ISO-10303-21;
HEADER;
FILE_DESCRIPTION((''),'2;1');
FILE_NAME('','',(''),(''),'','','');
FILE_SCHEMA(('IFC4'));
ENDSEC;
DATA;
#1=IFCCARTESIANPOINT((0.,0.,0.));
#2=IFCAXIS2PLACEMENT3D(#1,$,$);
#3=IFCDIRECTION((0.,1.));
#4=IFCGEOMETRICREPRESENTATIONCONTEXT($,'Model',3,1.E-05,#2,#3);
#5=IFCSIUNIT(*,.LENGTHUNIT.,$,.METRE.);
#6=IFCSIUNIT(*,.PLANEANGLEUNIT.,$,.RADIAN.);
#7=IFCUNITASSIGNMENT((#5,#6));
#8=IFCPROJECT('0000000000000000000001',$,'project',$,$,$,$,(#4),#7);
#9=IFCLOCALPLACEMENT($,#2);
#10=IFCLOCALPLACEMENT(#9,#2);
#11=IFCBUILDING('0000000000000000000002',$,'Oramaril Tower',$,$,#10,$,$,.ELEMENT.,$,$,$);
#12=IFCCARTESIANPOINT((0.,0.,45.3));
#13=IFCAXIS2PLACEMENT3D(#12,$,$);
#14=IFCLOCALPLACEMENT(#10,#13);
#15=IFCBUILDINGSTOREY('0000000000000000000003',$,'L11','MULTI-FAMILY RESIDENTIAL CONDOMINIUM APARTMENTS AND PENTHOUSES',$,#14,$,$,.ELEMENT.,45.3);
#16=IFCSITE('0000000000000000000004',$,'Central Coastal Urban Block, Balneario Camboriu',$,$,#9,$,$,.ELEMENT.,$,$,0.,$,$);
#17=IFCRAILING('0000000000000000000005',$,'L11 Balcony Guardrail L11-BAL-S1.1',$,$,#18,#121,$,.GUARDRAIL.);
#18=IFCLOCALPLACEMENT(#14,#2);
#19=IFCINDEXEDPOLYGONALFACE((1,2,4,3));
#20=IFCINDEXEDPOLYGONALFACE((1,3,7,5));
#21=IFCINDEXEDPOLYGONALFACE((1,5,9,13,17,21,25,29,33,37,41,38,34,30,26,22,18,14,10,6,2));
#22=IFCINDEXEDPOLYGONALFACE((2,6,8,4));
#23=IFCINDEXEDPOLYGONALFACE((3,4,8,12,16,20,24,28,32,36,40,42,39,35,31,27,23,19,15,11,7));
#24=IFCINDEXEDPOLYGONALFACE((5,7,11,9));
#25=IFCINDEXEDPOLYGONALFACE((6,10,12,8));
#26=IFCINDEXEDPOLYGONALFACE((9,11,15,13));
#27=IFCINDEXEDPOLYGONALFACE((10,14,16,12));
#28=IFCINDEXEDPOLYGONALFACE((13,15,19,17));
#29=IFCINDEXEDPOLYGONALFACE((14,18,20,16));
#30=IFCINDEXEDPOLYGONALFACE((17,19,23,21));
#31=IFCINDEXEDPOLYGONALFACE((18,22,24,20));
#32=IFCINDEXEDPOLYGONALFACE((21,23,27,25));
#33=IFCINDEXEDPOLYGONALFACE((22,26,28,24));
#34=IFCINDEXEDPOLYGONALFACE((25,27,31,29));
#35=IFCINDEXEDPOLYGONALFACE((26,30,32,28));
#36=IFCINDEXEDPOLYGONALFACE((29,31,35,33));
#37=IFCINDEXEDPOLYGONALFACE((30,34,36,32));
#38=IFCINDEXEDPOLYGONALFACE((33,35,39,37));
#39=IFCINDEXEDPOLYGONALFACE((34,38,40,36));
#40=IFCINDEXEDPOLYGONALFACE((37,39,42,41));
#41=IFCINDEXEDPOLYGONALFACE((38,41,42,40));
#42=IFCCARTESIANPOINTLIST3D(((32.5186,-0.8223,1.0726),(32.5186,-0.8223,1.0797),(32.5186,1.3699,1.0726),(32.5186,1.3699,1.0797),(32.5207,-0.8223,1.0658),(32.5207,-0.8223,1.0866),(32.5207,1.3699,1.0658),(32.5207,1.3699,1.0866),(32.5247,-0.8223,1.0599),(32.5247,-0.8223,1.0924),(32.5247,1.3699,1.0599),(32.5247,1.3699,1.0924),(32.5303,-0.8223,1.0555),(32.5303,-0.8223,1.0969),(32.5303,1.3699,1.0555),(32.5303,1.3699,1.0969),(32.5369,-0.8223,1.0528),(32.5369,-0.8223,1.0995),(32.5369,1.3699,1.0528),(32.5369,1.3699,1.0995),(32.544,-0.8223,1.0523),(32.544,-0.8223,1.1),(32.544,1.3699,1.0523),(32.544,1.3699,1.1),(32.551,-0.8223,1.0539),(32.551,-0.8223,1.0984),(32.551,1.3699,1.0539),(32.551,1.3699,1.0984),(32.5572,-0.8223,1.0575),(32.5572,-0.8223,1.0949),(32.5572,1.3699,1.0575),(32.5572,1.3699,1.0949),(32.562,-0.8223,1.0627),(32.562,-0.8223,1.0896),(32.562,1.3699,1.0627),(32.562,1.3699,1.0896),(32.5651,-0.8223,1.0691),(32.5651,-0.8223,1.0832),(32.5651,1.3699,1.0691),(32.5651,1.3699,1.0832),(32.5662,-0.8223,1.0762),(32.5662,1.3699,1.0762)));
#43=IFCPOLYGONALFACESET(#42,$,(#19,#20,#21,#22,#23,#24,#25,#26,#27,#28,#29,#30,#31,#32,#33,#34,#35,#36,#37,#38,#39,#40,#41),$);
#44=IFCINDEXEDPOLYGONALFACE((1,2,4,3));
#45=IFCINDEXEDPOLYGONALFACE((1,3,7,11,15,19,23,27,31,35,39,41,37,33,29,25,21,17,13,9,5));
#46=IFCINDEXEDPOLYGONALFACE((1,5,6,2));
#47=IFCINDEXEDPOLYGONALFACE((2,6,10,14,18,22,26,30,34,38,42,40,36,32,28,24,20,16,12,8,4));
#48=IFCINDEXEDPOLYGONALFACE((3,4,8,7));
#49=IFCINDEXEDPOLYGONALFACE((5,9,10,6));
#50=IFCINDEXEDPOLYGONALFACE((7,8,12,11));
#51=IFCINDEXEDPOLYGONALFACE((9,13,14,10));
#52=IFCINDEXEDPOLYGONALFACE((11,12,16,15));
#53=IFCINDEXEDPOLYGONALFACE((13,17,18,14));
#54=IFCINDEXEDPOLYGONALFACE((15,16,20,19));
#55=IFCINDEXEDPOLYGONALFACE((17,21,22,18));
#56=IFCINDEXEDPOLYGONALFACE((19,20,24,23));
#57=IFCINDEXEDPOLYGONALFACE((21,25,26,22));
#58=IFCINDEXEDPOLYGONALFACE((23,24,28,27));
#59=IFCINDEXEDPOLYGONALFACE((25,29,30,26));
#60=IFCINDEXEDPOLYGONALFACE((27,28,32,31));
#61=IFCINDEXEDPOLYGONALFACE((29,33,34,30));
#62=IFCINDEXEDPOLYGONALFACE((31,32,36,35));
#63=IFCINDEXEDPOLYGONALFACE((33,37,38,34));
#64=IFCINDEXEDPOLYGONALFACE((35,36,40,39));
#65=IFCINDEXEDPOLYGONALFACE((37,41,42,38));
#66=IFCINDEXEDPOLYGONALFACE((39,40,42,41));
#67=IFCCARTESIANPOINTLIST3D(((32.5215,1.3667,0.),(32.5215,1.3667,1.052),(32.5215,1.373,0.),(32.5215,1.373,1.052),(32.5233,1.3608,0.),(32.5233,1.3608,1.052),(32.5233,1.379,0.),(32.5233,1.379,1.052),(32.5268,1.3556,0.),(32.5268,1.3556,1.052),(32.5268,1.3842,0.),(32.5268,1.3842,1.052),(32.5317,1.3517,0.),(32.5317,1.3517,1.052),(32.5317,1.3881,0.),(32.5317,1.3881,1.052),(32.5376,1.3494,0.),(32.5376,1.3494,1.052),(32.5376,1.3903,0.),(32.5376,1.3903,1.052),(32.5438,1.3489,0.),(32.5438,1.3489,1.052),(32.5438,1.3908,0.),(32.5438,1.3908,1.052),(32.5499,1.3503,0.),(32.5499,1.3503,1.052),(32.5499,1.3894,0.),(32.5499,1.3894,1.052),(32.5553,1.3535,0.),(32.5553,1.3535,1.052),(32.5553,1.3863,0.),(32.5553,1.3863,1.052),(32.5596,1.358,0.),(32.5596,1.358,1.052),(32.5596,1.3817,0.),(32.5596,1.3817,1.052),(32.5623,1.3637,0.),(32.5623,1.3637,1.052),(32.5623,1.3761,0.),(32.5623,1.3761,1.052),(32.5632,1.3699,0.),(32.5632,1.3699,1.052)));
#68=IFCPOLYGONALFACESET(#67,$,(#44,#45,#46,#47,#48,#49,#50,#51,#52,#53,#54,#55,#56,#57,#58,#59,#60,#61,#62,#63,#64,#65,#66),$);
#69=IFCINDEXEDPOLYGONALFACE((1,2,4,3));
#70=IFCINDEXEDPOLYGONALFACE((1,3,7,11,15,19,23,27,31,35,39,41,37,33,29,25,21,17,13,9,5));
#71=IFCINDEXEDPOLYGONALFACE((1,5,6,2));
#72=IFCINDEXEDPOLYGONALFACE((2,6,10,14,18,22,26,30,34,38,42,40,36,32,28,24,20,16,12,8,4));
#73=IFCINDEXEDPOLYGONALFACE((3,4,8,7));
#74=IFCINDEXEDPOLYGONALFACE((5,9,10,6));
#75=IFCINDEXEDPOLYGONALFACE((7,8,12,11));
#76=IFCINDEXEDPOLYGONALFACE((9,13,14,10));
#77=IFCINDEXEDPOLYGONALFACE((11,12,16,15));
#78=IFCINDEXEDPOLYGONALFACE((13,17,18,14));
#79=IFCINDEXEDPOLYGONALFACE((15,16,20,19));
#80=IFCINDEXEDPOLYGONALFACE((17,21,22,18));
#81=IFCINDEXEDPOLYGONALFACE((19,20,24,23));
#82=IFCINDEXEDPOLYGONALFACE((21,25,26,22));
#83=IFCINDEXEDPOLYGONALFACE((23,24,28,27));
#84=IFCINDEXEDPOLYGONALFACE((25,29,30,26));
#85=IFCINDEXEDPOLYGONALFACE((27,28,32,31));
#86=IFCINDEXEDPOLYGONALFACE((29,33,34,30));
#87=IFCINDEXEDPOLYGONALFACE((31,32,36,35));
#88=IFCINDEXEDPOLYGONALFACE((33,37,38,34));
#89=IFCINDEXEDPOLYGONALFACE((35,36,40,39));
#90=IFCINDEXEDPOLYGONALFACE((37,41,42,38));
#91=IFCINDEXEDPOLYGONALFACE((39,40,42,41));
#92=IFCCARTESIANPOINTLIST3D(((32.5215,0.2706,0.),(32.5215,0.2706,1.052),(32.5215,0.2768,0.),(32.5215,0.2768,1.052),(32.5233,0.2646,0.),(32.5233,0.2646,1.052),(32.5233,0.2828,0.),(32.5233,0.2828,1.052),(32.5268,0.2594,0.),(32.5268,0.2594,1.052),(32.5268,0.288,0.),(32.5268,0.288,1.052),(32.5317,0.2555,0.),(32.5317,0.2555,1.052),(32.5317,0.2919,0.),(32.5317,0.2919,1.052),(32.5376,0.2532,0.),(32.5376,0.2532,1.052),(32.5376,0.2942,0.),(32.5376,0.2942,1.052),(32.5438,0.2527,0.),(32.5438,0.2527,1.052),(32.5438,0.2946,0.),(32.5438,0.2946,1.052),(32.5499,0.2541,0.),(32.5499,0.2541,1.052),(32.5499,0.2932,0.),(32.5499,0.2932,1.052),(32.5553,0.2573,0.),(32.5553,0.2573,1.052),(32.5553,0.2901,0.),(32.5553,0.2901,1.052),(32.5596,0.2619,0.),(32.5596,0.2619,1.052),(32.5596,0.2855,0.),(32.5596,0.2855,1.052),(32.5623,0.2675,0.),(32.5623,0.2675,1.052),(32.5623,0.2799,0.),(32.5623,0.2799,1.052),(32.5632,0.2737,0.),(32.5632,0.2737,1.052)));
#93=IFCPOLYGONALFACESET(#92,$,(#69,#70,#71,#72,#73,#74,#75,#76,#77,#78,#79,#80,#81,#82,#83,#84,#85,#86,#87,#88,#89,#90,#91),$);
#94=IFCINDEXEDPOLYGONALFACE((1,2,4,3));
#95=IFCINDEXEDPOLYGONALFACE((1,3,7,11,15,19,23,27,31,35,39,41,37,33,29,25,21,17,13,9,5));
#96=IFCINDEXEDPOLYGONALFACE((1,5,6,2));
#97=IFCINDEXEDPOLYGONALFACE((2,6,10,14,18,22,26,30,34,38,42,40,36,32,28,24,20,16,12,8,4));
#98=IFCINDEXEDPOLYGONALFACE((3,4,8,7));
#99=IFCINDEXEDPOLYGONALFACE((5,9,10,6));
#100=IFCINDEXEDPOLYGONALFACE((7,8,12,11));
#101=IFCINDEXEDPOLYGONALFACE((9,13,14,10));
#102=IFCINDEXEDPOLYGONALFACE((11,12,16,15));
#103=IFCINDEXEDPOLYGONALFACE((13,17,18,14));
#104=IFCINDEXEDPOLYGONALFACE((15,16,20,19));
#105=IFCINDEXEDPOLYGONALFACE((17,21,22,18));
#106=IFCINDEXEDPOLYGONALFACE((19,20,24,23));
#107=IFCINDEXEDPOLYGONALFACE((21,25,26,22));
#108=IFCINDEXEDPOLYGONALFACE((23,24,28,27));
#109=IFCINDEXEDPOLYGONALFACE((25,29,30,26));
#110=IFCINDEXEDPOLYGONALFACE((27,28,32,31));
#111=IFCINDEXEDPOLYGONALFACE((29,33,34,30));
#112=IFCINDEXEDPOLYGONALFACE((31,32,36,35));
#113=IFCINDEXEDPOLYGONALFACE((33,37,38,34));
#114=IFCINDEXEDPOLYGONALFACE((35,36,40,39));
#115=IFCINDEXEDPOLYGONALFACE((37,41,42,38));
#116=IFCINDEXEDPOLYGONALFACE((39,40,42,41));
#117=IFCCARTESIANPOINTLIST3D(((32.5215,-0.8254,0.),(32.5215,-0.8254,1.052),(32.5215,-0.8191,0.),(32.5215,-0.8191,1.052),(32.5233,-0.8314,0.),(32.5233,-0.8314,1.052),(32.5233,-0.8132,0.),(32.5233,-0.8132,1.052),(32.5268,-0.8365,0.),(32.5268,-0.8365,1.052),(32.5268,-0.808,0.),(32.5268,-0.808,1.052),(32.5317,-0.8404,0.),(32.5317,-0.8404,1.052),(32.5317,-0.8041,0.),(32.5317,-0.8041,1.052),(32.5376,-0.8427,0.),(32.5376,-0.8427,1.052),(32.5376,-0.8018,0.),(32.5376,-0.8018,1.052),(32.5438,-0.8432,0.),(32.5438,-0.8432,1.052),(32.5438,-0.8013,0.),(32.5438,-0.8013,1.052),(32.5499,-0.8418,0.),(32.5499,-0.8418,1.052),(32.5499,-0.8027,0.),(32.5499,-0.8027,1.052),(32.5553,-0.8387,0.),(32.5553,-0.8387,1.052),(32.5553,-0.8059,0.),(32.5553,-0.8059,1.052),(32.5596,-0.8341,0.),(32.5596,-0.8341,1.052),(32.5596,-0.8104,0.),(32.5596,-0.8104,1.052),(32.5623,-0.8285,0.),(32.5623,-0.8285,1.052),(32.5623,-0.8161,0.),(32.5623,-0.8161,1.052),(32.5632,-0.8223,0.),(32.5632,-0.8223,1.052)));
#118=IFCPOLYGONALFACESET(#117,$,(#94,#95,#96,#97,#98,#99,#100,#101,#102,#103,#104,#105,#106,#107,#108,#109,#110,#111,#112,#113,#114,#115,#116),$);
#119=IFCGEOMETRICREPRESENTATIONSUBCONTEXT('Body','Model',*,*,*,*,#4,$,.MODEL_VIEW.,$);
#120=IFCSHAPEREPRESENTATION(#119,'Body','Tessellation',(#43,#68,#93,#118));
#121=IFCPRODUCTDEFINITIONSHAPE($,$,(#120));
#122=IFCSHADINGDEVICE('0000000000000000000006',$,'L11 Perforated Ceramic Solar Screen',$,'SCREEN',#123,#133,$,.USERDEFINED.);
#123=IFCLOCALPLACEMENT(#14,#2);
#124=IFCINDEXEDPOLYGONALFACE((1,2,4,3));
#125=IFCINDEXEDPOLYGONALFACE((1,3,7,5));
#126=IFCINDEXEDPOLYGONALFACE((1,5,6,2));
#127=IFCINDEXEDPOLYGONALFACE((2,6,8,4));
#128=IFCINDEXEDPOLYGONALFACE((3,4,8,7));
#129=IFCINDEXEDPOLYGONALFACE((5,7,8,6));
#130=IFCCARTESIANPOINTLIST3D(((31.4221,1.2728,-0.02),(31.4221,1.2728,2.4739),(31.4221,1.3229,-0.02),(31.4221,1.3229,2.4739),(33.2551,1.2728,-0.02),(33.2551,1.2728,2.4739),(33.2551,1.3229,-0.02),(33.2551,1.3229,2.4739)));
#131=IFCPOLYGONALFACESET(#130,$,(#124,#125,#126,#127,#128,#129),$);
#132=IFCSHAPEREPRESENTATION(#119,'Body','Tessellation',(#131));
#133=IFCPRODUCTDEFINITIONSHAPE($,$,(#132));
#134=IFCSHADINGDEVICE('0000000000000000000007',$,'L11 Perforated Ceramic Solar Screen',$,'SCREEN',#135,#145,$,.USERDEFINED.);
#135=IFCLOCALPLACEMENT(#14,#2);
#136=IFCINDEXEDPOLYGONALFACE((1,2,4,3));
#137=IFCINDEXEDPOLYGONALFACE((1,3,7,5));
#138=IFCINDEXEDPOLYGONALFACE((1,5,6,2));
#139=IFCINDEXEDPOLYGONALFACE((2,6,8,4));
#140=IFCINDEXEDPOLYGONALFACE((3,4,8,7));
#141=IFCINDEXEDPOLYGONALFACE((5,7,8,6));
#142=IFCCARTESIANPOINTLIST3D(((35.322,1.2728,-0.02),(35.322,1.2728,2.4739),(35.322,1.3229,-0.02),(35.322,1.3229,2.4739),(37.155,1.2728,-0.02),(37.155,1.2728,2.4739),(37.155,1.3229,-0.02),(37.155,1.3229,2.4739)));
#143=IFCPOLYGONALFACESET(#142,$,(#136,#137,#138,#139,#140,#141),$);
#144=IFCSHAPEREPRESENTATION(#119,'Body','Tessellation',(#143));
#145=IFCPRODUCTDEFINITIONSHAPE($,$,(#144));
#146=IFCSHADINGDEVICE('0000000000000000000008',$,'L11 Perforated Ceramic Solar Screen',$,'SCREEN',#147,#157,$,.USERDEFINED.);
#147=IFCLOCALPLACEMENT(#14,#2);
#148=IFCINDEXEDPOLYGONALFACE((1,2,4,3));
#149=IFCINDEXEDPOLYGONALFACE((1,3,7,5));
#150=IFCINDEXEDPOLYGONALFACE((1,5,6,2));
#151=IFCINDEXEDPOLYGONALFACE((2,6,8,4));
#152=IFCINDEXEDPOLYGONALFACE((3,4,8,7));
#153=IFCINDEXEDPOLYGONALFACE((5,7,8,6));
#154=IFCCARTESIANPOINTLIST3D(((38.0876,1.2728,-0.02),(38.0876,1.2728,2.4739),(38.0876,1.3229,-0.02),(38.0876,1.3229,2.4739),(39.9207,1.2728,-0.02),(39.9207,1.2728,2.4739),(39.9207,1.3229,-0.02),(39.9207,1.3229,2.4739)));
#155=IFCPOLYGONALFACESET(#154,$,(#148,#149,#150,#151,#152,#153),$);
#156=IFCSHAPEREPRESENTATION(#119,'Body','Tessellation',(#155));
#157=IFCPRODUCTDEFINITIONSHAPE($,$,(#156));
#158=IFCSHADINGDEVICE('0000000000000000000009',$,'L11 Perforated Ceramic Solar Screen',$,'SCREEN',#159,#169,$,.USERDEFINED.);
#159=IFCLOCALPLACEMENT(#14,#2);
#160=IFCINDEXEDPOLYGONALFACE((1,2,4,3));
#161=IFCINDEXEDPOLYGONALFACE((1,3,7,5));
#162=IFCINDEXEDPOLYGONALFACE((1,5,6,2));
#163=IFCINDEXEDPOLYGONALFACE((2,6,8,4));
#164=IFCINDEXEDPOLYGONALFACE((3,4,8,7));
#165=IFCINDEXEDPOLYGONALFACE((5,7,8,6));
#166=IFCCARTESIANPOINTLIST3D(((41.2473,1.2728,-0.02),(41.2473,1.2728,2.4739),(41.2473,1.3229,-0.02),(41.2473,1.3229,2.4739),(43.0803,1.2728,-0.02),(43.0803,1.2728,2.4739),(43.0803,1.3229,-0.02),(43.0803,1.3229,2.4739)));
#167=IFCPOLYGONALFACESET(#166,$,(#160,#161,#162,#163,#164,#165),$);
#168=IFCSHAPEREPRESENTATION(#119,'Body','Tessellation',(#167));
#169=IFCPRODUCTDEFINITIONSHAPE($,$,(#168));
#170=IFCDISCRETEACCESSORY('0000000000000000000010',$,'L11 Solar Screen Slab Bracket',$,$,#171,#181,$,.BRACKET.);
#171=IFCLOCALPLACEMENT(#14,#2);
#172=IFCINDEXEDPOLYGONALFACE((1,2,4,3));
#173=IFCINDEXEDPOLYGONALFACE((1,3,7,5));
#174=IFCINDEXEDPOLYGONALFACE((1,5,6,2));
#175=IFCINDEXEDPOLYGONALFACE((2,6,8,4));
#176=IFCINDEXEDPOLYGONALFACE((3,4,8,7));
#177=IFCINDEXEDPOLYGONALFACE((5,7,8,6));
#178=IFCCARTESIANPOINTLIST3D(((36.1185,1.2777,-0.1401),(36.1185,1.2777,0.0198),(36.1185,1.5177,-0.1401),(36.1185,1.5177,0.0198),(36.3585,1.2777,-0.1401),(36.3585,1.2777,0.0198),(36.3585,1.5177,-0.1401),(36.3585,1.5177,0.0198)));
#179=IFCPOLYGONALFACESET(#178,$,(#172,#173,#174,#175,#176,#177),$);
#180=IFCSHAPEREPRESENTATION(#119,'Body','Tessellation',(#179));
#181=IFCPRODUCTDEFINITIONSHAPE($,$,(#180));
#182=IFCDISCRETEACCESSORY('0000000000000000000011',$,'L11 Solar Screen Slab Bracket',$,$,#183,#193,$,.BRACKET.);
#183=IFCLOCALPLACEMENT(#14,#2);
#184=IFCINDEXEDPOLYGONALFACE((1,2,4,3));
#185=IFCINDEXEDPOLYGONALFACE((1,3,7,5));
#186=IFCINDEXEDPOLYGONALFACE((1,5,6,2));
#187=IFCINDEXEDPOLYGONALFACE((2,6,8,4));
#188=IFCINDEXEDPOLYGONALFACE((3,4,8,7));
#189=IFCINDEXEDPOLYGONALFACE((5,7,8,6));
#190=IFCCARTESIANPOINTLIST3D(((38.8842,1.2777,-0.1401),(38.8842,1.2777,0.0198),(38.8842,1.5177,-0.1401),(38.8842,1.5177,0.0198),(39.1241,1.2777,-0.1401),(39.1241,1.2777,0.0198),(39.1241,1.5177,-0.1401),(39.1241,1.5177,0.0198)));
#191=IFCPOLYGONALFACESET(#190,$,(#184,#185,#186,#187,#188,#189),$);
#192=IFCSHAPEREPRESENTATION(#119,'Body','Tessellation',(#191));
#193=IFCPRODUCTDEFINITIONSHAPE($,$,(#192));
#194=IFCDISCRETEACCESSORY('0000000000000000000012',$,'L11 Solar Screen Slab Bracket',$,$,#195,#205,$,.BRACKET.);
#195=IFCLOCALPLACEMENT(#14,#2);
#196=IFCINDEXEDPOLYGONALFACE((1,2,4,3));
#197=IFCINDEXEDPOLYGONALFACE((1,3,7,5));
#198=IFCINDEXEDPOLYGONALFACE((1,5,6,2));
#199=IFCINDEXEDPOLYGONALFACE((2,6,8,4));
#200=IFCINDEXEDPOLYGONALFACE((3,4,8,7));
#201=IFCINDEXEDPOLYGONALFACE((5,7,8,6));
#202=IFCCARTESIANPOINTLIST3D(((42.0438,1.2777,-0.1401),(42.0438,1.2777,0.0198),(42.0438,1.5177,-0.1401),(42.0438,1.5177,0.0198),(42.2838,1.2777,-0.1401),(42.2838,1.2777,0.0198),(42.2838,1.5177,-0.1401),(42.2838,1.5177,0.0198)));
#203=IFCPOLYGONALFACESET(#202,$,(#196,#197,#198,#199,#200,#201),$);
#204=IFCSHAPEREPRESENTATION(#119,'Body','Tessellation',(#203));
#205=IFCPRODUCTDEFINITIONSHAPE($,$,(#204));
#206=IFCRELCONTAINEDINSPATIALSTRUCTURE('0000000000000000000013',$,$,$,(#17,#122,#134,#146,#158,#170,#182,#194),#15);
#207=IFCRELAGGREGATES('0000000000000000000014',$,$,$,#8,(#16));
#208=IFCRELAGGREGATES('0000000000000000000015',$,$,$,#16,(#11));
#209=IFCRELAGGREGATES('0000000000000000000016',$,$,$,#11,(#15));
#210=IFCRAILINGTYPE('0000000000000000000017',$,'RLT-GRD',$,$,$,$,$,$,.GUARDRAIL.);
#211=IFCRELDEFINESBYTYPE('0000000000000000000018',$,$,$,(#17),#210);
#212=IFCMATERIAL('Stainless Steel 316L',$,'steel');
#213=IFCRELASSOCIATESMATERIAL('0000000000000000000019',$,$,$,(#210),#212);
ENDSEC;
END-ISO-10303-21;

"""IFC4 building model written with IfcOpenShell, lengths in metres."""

from ifc_helpers import new_model, si_unit, direction, frame, origin, origin_2d, place, context, subcontext, project, spatial, rectangle, circle, extrude, material, type_object, element, save


model = new_model("IFC4")

# Units and contexts
model_context = context("Model", 3, precision=1e-05, world=origin(), true_north=direction((0.0, 1.0)))
body_context = subcontext(model_context, "Body", "Model", "MODEL_VIEW")
ifc_project = project(units=[si_unit("LENGTHUNIT", "METRE"), si_unit("PLANEANGLEUNIT", "RADIAN")], contexts=[model_context])

# Site, building, storey
site_placement = place(None, origin())
site = spatial("IfcSite", under=ifc_project, at=site_placement, Name="Central Coastal Urban Block, Balneario Camboriu", CompositionType="ELEMENT", RefElevation=0.0)
building_placement = place(site_placement, origin())
building = spatial("IfcBuilding", under=site, at=building_placement, Name="Oramaril Tower", CompositionType="ELEMENT")
storey_placement = place(building_placement, frame((0.0, 0.0, 45.3)))
storey = spatial("IfcBuildingStorey", under=building, at=storey_placement, Name="L11", Description="MULTI-FAMILY RESIDENTIAL CONDOMINIUM APARTMENTS AND PENTHOUSES", CompositionType="ELEMENT", Elevation=45.3)

# Railing
ifc_material_1 = material(Name="Stainless Steel 316L", Category="steel")
railing_type = type_object("IfcRailingType", Name="RLT-GRD", PredefinedType="GUARDRAIL", material=ifc_material_1)
railing_1_placement = place(storey_placement, frame((32.5422, 1.3699, 0.0)))
element("IfcRailing", 1, at=railing_1_placement, inside=storey, type_object=railing_type, Name="L11 Balcony Guardrail L11-BAL-S1.1", PredefinedType="GUARDRAIL", context=body_context, shape_type="SweptSolid", body=[
    extrude(circle(Radius=0.0239, at=origin_2d()), frame((0.0, 0.0, 1.0762), z_axis=(0.0, -1.0, 0.0), x_axis=(1.0, 0.0, 0.0)), (0.0, 0.0, 1.0), 2.1921),
    extrude(circle(Radius=0.021, at=origin_2d()), origin(), (0.0, 0.0, 1.0), 1.052),
    extrude(circle(Radius=0.021, at=origin_2d()), frame((0.0, -1.0962, 0.0)), (0.0, 0.0, 1.0), 1.052),
    extrude(circle(Radius=0.021, at=origin_2d()), frame((0.0, -2.1921, 0.0)), (0.0, 0.0, 1.0), 1.052),
])

# Shading devices
for number, where, z_axis, x_axis, name in (
    (2, (32.3386, 1.2979, -0.02), (0.0, 0.0, 1.0), (1.0, 0.0, 0.0), "L11 Perforated Ceramic Solar Screen"),
    (3, (36.2385, 1.2979, -0.02), (0.0, 0.0, 1.0), (1.0, 0.0, 0.0), "L11 Perforated Ceramic Solar Screen"),
    (4, (39.0042, 1.2979, -0.02), (0.0, 0.0, 1.0), (1.0, 0.0, 0.0), "L11 Perforated Ceramic Solar Screen"),
    (5, (42.1638, 1.2979, -0.02), (0.0, 0.0, 1.0), (1.0, 0.0, 0.0), "L11 Perforated Ceramic Solar Screen"),
):
    element("IfcShadingDevice", number, at=place(storey_placement, frame(where, z_axis=z_axis, x_axis=x_axis)), inside=storey, Name=name, ObjectType="SCREEN", PredefinedType="USERDEFINED", context=body_context, shape_type="SweptSolid", body=[
        extrude(rectangle(XDim=1.833, YDim=0.05, at=origin_2d()), origin(), (0.0, 0.0, 1.0), 2.4939),
    ])

# Discrete accessories
for number, where, z_axis, x_axis, name in (
    (6, (36.2385, 1.3977, -0.1401), (0.0, 0.0, 1.0), (1.0, 0.0, 0.0), "L11 Solar Screen Slab Bracket"),
    (7, (39.0042, 1.3977, -0.1401), (0.0, 0.0, 1.0), (1.0, 0.0, 0.0), "L11 Solar Screen Slab Bracket"),
    (8, (42.1638, 1.3977, -0.1401), (0.0, 0.0, 1.0), (1.0, 0.0, 0.0), "L11 Solar Screen Slab Bracket"),
):
    element("IfcDiscreteAccessory", number, at=place(storey_placement, frame(where, z_axis=z_axis, x_axis=x_axis)), inside=storey, Name=name, PredefinedType="BRACKET", context=body_context, shape_type="SweptSolid", body=[
        extrude(rectangle(XDim=0.24, YDim=0.24, at=origin_2d()), origin(), (0.0, 0.0, 1.0), 0.1599),
    ])

save(model, "model.ifc")
